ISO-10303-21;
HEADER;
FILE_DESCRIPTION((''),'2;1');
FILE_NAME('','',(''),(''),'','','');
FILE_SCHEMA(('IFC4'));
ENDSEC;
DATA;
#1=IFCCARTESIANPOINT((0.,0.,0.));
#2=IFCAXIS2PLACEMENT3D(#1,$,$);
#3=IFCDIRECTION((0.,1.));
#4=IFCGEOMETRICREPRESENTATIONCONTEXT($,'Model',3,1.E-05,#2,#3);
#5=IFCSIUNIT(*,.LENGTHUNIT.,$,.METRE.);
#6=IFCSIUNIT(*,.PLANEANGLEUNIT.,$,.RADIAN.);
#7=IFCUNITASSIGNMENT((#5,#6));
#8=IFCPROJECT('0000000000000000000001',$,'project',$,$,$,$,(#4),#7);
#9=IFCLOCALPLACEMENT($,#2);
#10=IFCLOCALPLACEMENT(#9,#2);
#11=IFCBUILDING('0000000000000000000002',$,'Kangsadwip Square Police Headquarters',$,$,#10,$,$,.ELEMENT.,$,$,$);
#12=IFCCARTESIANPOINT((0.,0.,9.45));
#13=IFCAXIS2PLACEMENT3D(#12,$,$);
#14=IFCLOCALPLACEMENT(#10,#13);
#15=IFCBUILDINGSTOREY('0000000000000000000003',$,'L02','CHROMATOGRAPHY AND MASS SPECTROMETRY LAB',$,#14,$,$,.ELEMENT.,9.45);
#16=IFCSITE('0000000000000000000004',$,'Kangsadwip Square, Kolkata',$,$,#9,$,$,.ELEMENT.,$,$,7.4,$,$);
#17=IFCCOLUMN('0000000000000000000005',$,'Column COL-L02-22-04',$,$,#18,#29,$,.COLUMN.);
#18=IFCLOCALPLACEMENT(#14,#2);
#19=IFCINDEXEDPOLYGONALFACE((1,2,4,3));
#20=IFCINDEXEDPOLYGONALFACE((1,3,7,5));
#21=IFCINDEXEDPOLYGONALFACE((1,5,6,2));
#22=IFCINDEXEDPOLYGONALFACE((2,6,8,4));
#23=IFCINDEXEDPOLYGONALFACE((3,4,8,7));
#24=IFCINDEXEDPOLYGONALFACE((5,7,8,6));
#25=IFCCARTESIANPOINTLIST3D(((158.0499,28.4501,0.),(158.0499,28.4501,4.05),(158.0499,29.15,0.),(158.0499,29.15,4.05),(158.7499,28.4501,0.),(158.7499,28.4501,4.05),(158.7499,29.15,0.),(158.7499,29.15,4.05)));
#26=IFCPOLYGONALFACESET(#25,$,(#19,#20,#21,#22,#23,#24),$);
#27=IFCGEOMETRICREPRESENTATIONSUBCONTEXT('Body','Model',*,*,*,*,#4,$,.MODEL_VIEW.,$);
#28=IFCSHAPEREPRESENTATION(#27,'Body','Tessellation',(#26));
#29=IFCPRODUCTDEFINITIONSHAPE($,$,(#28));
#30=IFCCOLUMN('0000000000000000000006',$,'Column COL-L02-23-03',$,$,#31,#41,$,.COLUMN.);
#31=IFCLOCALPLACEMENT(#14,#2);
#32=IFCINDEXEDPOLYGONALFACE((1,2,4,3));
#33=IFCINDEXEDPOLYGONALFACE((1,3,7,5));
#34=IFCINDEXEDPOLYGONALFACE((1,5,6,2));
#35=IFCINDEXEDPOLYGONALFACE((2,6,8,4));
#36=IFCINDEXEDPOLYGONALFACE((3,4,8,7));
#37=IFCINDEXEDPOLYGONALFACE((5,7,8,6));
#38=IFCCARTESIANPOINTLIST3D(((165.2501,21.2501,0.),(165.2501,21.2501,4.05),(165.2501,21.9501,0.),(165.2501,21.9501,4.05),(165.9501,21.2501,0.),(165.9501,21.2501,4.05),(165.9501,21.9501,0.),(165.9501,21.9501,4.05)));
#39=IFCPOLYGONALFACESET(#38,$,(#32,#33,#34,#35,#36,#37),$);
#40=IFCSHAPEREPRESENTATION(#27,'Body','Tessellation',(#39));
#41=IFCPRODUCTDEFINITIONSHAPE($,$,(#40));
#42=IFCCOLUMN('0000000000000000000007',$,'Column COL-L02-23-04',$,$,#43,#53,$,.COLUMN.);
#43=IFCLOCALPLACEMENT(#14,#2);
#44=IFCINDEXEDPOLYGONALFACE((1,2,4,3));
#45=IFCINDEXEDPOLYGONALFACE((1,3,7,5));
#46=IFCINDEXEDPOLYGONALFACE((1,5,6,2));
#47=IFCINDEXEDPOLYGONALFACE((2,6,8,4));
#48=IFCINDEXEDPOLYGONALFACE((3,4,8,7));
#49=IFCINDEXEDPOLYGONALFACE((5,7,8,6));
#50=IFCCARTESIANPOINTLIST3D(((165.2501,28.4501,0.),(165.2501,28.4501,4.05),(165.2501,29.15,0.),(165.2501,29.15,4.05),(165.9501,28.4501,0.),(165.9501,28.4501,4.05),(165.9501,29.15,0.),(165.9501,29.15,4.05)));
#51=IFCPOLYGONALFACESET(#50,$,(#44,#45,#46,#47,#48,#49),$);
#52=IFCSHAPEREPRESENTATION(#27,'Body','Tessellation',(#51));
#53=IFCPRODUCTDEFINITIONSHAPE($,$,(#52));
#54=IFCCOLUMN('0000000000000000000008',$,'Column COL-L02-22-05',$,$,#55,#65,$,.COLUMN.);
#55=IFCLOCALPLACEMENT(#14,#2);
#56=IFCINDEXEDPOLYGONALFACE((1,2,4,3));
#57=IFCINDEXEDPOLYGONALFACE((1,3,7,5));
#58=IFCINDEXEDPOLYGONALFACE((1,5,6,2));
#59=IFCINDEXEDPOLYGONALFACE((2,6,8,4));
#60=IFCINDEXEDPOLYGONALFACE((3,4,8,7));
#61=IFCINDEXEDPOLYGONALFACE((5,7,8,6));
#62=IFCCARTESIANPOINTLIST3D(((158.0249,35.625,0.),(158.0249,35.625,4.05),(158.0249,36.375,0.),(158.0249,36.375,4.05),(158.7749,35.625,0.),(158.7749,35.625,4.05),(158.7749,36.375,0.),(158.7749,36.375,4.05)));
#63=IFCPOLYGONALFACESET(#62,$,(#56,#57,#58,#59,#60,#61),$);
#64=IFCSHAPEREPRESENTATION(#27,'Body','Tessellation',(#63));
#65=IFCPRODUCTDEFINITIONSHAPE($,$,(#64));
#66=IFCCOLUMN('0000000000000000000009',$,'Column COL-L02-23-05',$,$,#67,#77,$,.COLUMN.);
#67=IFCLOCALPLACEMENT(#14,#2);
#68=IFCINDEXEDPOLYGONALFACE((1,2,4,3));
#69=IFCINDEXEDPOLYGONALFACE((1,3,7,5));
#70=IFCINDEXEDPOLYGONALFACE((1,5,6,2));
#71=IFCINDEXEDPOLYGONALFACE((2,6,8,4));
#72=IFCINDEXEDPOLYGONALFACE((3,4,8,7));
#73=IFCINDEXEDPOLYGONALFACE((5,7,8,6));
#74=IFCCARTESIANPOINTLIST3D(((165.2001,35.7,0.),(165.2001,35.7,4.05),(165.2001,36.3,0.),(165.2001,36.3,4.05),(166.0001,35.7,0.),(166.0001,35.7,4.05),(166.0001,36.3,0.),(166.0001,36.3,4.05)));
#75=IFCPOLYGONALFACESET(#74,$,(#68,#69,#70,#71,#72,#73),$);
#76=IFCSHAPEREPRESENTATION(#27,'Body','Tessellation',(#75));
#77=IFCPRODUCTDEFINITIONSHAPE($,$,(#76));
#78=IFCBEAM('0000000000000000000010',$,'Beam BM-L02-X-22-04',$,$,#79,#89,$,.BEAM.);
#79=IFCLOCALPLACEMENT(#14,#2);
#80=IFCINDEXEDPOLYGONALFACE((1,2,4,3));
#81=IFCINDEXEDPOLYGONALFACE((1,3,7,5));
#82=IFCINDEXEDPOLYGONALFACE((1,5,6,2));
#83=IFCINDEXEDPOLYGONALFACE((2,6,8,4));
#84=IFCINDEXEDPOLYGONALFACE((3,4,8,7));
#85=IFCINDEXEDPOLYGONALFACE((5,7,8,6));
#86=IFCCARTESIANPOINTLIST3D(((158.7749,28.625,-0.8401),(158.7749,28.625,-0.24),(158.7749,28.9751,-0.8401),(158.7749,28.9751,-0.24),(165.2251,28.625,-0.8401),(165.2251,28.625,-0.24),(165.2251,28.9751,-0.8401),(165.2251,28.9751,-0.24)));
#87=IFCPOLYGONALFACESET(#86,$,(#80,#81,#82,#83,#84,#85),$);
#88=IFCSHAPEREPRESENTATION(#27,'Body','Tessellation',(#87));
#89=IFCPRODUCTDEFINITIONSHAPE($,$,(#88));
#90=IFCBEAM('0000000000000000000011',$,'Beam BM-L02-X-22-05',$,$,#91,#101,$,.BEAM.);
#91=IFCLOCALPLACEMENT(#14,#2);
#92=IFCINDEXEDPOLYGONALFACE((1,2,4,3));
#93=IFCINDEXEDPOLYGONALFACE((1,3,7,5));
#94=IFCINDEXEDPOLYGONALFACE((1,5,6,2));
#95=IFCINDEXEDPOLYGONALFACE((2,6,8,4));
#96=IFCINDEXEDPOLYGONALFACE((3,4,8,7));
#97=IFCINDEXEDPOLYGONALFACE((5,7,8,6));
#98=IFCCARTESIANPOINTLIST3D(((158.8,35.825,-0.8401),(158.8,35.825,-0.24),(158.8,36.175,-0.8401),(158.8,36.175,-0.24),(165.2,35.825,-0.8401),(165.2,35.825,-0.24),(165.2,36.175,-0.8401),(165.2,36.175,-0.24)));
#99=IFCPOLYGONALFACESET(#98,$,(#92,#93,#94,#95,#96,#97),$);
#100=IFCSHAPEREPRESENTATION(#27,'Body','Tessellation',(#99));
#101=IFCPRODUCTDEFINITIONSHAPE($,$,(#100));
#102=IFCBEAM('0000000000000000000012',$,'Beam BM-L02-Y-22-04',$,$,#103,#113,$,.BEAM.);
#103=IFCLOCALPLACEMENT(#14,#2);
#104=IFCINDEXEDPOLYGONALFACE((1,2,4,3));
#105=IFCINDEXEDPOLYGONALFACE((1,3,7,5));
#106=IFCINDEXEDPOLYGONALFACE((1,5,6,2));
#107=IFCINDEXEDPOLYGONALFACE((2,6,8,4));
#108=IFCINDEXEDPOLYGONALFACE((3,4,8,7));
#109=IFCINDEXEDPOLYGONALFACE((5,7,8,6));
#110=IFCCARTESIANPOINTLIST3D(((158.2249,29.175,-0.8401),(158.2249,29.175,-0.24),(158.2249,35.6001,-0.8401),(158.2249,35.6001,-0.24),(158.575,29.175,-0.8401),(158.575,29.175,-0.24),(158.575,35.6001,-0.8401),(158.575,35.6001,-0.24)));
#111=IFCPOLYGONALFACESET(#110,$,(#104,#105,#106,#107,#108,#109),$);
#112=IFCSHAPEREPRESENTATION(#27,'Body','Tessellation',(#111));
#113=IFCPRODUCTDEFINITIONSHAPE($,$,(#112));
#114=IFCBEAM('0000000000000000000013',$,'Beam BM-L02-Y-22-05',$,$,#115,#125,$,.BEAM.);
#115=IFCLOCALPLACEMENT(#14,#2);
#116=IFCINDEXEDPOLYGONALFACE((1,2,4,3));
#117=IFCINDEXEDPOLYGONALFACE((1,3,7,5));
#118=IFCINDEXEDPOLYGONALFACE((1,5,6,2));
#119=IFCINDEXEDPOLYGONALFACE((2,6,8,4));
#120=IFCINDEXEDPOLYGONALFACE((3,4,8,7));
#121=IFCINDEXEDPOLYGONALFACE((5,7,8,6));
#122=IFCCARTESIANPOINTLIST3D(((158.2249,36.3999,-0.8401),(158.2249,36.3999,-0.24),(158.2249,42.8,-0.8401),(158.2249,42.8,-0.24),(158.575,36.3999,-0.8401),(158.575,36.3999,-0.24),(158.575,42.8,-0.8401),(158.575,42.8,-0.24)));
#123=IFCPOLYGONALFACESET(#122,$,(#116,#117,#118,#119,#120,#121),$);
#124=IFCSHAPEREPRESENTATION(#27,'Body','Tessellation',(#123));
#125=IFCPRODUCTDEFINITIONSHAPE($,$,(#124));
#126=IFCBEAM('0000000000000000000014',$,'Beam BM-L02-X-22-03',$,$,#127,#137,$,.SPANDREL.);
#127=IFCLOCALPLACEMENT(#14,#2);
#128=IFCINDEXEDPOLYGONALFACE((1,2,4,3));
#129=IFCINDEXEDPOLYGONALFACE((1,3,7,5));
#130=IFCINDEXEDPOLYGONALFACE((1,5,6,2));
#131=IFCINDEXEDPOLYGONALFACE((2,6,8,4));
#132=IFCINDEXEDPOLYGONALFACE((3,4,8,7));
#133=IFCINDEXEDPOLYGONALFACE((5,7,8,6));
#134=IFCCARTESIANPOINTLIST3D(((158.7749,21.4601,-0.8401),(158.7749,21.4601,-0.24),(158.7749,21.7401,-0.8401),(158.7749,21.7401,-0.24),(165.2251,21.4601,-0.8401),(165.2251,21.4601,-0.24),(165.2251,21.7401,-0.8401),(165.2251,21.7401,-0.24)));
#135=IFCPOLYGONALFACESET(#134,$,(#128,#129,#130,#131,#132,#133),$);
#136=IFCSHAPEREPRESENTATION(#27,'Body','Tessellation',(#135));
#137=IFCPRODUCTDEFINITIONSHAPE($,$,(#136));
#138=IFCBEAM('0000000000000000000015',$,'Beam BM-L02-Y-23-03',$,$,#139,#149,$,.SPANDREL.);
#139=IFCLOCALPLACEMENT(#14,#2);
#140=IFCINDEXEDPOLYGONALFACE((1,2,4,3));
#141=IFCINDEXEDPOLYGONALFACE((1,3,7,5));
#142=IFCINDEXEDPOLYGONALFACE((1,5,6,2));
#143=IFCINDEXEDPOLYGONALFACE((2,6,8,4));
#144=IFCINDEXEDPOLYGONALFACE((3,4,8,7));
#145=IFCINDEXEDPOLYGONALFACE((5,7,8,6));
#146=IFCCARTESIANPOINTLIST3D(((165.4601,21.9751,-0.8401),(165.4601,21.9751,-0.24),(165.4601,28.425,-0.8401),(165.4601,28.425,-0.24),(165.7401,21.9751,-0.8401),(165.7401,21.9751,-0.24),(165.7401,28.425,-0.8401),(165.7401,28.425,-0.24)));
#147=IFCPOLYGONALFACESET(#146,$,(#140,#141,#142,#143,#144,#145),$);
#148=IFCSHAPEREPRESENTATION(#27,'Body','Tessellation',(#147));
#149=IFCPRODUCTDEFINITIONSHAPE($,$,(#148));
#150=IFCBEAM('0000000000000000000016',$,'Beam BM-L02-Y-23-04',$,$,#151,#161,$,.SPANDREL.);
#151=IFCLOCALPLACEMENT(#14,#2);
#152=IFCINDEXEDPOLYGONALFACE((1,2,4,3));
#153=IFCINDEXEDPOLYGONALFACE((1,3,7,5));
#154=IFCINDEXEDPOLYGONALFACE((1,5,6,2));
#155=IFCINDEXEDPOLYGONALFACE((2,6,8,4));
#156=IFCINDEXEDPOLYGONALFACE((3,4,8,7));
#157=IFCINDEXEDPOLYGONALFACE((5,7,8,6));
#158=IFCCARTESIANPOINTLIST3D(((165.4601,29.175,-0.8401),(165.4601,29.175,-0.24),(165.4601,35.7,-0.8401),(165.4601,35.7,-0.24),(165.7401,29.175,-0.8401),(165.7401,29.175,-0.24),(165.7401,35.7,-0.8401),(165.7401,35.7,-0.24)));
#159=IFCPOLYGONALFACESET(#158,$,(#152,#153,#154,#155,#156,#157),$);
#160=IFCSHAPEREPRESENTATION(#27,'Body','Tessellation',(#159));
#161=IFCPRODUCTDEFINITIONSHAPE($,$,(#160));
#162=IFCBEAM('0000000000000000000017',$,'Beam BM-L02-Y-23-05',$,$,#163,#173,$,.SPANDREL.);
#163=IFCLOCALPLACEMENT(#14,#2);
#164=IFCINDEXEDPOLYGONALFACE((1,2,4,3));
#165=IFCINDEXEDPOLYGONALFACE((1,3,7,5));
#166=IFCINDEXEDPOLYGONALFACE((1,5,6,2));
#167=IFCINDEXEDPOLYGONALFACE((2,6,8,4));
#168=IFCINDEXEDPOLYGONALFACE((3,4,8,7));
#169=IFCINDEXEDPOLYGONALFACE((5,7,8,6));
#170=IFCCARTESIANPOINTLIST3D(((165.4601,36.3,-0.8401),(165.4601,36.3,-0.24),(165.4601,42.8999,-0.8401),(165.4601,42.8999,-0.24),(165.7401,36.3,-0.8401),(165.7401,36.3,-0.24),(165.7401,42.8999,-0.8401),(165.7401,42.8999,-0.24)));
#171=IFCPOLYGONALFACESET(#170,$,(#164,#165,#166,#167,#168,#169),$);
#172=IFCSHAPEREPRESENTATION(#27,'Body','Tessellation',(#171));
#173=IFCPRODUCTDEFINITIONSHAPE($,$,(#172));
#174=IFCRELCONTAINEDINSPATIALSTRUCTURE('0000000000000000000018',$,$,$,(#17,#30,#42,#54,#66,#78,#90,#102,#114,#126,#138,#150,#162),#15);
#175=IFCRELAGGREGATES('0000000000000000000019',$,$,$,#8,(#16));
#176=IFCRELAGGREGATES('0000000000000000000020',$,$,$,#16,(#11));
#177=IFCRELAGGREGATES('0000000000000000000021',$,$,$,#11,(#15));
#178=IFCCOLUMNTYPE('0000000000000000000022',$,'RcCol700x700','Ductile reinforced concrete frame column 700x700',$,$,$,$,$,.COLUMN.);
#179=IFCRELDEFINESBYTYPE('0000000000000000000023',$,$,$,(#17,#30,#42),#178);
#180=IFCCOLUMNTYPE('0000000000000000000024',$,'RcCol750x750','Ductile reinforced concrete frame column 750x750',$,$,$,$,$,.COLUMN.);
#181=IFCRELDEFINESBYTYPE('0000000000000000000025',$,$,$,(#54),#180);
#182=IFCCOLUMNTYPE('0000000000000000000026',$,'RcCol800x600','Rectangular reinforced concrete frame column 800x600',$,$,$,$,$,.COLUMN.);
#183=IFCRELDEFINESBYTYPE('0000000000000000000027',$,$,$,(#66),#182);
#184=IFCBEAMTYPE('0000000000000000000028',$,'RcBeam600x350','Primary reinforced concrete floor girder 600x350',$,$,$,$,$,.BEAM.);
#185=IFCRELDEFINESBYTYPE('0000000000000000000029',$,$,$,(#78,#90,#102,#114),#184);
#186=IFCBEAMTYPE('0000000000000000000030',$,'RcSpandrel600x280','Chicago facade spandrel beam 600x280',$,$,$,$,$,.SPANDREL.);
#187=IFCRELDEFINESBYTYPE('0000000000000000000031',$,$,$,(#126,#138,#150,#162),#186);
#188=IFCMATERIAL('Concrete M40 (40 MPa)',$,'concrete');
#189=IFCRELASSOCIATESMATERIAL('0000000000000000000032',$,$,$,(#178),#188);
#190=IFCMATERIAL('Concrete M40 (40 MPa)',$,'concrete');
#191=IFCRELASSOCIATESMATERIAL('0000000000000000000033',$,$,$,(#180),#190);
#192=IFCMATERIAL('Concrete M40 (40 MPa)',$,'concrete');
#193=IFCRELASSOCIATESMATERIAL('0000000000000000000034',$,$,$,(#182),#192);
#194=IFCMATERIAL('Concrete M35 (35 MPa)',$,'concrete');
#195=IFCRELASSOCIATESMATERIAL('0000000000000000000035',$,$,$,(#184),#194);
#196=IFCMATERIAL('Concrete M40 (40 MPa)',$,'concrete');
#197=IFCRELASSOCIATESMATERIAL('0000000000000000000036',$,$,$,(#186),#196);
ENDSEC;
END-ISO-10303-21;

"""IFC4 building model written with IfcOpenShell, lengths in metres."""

from ifc_helpers import new_model, si_unit, direction, frame, origin, origin_2d, place, context, subcontext, project, spatial, rectangle, extrude, material, material_profile, profile_set, type_object, element, save


model = new_model("IFC4")

# Units and contexts
model_context = context("Model", 3, precision=1e-05, world=origin(), true_north=direction((0.0, 1.0)))
body_context = subcontext(model_context, "Body", "Model", "MODEL_VIEW")
ifc_project = project(units=[si_unit("LENGTHUNIT", "METRE"), si_unit("PLANEANGLEUNIT", "RADIAN")], contexts=[model_context])

# Site, building, storey
site_placement = place(None, origin())
site = spatial("IfcSite", under=ifc_project, at=site_placement, Name="Kangsadwip Square, Kolkata", CompositionType="ELEMENT", RefElevation=7.4)
building_placement = place(site_placement, origin())
building = spatial("IfcBuilding", under=site, at=building_placement, Name="Kangsadwip Square Police Headquarters", CompositionType="ELEMENT")
storey_placement = place(building_placement, frame((0.0, 0.0, 9.45)))
storey = spatial("IfcBuildingStorey", under=building, at=storey_placement, Name="L02", Description="CHROMATOGRAPHY AND MASS SPECTROMETRY LAB", CompositionType="ELEMENT", Elevation=9.45)

# Columns
ifc_material_1 = material(Name="Concrete M40 (40 MPa)", Category="concrete")
ifc_material_profile_1 = material_profile(ifc_material_1, rectangle(XDim=0.7, YDim=0.7, at=origin_2d()), Name="RC COL 700X700")
ifc_profile_set_1 = profile_set([ifc_material_profile_1], Name="Concrete M40 (40 MPa)")
column_type_1 = type_object("IfcColumnType", Name="RcCol700x700", Description="Ductile reinforced concrete frame column 700x700", PredefinedType="COLUMN", material=ifc_profile_set_1)
for number, where, z_axis, x_axis, name in (
    (1, (158.3999, 28.8, 0.0), (0.0, 0.0, 1.0), (1.0, 0.0, 0.0), "Column COL-L02-22-04"),
    (2, (165.6001, 21.6001, 0.0), (0.0, 0.0, 1.0), (1.0, 0.0, 0.0), "Column COL-L02-23-03"),
    (3, (165.6001, 28.8, 0.0), (0.0, 0.0, 1.0), (1.0, 0.0, 0.0), "Column COL-L02-23-04"),
):
    element("IfcColumn", number, at=place(storey_placement, frame(where, z_axis=z_axis, x_axis=x_axis)), inside=storey, type_object=column_type_1, Name=name, PredefinedType="COLUMN", context=body_context, shape_type="SweptSolid", body=[
        extrude(rectangle(XDim=0.7, YDim=0.7, at=origin_2d()), origin(), (0.0, 0.0, 1.0), 4.05),
    ])
ifc_material_2 = material(Name="Concrete M40 (40 MPa)", Category="concrete")
ifc_material_profile_2 = material_profile(ifc_material_2, rectangle(XDim=0.75, YDim=0.75, at=origin_2d()), Name="RC COL 750X750")
ifc_profile_set_2 = profile_set([ifc_material_profile_2], Name="Concrete M40 (40 MPa)")
column_type_2 = type_object("IfcColumnType", Name="RcCol750x750", Description="Ductile reinforced concrete frame column 750x750", PredefinedType="COLUMN", material=ifc_profile_set_2)
column_1_placement = place(storey_placement, frame((158.3999, 36.0, 0.0), z_axis=(0.0, 0.0, 1.0), x_axis=(1.0, 0.0, 0.0)))
element("IfcColumn", 4, at=column_1_placement, inside=storey, type_object=column_type_2, Name="Column COL-L02-22-05", PredefinedType="COLUMN", context=body_context, shape_type="SweptSolid", body=[
    extrude(rectangle(XDim=0.75, YDim=0.75, at=origin_2d()), origin(), (0.0, 0.0, 1.0), 4.05),
])
ifc_material_3 = material(Name="Concrete M40 (40 MPa)", Category="concrete")
ifc_material_profile_3 = material_profile(ifc_material_3, rectangle(XDim=0.6001, YDim=0.8, at=origin_2d()), Name="RC COL 800X600")
ifc_profile_set_3 = profile_set([ifc_material_profile_3], Name="Concrete M40 (40 MPa)")
column_type_3 = type_object("IfcColumnType", Name="RcCol800x600", Description="Rectangular reinforced concrete frame column 800x600", PredefinedType="COLUMN", material=ifc_profile_set_3)
column_2_placement = place(storey_placement, frame((165.6001, 36.0, 0.0), z_axis=(0.0, 0.0, 1.0), x_axis=(0.0, 1.0, 0.0)))
element("IfcColumn", 5, at=column_2_placement, inside=storey, type_object=column_type_3, Name="Column COL-L02-23-05", PredefinedType="COLUMN", context=body_context, shape_type="SweptSolid", body=[
    extrude(rectangle(XDim=0.6001, YDim=0.8, at=origin_2d()), origin(), (0.0, 0.0, 1.0), 4.05),
])

# Beams
ifc_material_4 = material(Name="Concrete M35 (35 MPa)", Category="concrete")
ifc_material_profile_4 = material_profile(ifc_material_4, rectangle(XDim=0.3501, YDim=0.6001, at=origin_2d()), Name="RC BM 600X350")
ifc_profile_set_4 = profile_set([ifc_material_profile_4], Name="Concrete M35 (35 MPa)")
beam_type_1 = type_object("IfcBeamType", Name="RcBeam600x350", Description="Primary reinforced concrete floor girder 600x350", PredefinedType="BEAM", material=ifc_profile_set_4)
beam_1_placement = place(storey_placement, frame((158.7749, 28.8, -0.54), z_axis=(1.0, 0.0, 0.0), x_axis=(0.0, 1.0, 0.0)))
element("IfcBeam", 6, at=beam_1_placement, inside=storey, type_object=beam_type_1, Name="Beam BM-L02-X-22-04", PredefinedType="BEAM", context=body_context, shape_type="SweptSolid", body=[
    extrude(rectangle(XDim=0.3501, YDim=0.6001, at=origin_2d()), origin(), (0.0, 0.0, 1.0), 6.4502),
])
beam_2_placement = place(storey_placement, frame((158.8, 36.0, -0.54), z_axis=(1.0, 0.0, 0.0), x_axis=(0.0, 1.0, 0.0)))
element("IfcBeam", 7, at=beam_2_placement, inside=storey, type_object=beam_type_1, Name="Beam BM-L02-X-22-05", PredefinedType="BEAM", context=body_context, shape_type="SweptSolid", body=[
    extrude(rectangle(XDim=0.3501, YDim=0.6001, at=origin_2d()), origin(), (0.0, 0.0, 1.0), 6.3999),
])
beam_3_placement = place(storey_placement, frame((158.3999, 29.175, -0.54), z_axis=(0.0, 1.0, 0.0), x_axis=(-1.0, 0.0, 0.0)))
element("IfcBeam", 8, at=beam_3_placement, inside=storey, type_object=beam_type_1, Name="Beam BM-L02-Y-22-04", PredefinedType="BEAM", context=body_context, shape_type="SweptSolid", body=[
    extrude(rectangle(XDim=0.3501, YDim=0.6001, at=origin_2d()), origin(), (0.0, 0.0, 1.0), 6.425),
])
beam_4_placement = place(storey_placement, frame((158.3999, 36.3999, -0.54), z_axis=(0.0, 1.0, 0.0), x_axis=(-1.0, 0.0, 0.0)))
element("IfcBeam", 9, at=beam_4_placement, inside=storey, type_object=beam_type_1, Name="Beam BM-L02-Y-22-05", PredefinedType="BEAM", context=body_context, shape_type="SweptSolid", body=[
    extrude(rectangle(XDim=0.3501, YDim=0.6001, at=origin_2d()), origin(), (0.0, 0.0, 1.0), 6.4001),
])
ifc_material_5 = material(Name="Concrete M40 (40 MPa)", Category="concrete")
ifc_material_profile_5 = material_profile(ifc_material_5, rectangle(XDim=0.28, YDim=0.6001, at=origin_2d()), Name="RC SPN 600X280")
ifc_profile_set_5 = profile_set([ifc_material_profile_5], Name="Concrete M40 (40 MPa)")
beam_type_2 = type_object("IfcBeamType", Name="RcSpandrel600x280", Description="Chicago facade spandrel beam 600x280", PredefinedType="SPANDREL", material=ifc_profile_set_5)
beam_5_placement = place(storey_placement, frame((158.7749, 21.6001, -0.54), z_axis=(1.0, 0.0, 0.0), x_axis=(0.0, 1.0, 0.0)))
element("IfcBeam", 10, at=beam_5_placement, inside=storey, type_object=beam_type_2, Name="Beam BM-L02-X-22-03", PredefinedType="SPANDREL", context=body_context, shape_type="SweptSolid", body=[
    extrude(rectangle(XDim=0.28, YDim=0.6001, at=origin_2d()), origin(), (0.0, 0.0, 1.0), 6.4502),
])
beam_6_placement = place(storey_placement, frame((165.6001, 21.9751, -0.54), z_axis=(0.0, 1.0, 0.0), x_axis=(-1.0, 0.0, 0.0)))
element("IfcBeam", 11, at=beam_6_placement, inside=storey, type_object=beam_type_2, Name="Beam BM-L02-Y-23-03", PredefinedType="SPANDREL", context=body_context, shape_type="SweptSolid", body=[
    extrude(rectangle(XDim=0.28, YDim=0.6001, at=origin_2d()), origin(), (0.0, 0.0, 1.0), 6.45),
])
beam_7_placement = place(storey_placement, frame((165.6001, 29.175, -0.54), z_axis=(0.0, 1.0, 0.0), x_axis=(-1.0, 0.0, 0.0)))
element("IfcBeam", 12, at=beam_7_placement, inside=storey, type_object=beam_type_2, Name="Beam BM-L02-Y-23-04", PredefinedType="SPANDREL", context=body_context, shape_type="SweptSolid", body=[
    extrude(rectangle(XDim=0.28, YDim=0.6001, at=origin_2d()), origin(), (0.0, 0.0, 1.0), 6.5249),
])
beam_8_placement = place(storey_placement, frame((165.6001, 36.3, -0.54), z_axis=(0.0, 1.0, 0.0), x_axis=(-1.0, 0.0, 0.0)))
element("IfcBeam", 13, at=beam_8_placement, inside=storey, type_object=beam_type_2, Name="Beam BM-L02-Y-23-05", PredefinedType="SPANDREL", context=body_context, shape_type="SweptSolid", body=[
    extrude(rectangle(XDim=0.28, YDim=0.6001, at=origin_2d()), origin(), (0.0, 0.0, 1.0), 6.5999),
])

save(model, "model.ifc")
